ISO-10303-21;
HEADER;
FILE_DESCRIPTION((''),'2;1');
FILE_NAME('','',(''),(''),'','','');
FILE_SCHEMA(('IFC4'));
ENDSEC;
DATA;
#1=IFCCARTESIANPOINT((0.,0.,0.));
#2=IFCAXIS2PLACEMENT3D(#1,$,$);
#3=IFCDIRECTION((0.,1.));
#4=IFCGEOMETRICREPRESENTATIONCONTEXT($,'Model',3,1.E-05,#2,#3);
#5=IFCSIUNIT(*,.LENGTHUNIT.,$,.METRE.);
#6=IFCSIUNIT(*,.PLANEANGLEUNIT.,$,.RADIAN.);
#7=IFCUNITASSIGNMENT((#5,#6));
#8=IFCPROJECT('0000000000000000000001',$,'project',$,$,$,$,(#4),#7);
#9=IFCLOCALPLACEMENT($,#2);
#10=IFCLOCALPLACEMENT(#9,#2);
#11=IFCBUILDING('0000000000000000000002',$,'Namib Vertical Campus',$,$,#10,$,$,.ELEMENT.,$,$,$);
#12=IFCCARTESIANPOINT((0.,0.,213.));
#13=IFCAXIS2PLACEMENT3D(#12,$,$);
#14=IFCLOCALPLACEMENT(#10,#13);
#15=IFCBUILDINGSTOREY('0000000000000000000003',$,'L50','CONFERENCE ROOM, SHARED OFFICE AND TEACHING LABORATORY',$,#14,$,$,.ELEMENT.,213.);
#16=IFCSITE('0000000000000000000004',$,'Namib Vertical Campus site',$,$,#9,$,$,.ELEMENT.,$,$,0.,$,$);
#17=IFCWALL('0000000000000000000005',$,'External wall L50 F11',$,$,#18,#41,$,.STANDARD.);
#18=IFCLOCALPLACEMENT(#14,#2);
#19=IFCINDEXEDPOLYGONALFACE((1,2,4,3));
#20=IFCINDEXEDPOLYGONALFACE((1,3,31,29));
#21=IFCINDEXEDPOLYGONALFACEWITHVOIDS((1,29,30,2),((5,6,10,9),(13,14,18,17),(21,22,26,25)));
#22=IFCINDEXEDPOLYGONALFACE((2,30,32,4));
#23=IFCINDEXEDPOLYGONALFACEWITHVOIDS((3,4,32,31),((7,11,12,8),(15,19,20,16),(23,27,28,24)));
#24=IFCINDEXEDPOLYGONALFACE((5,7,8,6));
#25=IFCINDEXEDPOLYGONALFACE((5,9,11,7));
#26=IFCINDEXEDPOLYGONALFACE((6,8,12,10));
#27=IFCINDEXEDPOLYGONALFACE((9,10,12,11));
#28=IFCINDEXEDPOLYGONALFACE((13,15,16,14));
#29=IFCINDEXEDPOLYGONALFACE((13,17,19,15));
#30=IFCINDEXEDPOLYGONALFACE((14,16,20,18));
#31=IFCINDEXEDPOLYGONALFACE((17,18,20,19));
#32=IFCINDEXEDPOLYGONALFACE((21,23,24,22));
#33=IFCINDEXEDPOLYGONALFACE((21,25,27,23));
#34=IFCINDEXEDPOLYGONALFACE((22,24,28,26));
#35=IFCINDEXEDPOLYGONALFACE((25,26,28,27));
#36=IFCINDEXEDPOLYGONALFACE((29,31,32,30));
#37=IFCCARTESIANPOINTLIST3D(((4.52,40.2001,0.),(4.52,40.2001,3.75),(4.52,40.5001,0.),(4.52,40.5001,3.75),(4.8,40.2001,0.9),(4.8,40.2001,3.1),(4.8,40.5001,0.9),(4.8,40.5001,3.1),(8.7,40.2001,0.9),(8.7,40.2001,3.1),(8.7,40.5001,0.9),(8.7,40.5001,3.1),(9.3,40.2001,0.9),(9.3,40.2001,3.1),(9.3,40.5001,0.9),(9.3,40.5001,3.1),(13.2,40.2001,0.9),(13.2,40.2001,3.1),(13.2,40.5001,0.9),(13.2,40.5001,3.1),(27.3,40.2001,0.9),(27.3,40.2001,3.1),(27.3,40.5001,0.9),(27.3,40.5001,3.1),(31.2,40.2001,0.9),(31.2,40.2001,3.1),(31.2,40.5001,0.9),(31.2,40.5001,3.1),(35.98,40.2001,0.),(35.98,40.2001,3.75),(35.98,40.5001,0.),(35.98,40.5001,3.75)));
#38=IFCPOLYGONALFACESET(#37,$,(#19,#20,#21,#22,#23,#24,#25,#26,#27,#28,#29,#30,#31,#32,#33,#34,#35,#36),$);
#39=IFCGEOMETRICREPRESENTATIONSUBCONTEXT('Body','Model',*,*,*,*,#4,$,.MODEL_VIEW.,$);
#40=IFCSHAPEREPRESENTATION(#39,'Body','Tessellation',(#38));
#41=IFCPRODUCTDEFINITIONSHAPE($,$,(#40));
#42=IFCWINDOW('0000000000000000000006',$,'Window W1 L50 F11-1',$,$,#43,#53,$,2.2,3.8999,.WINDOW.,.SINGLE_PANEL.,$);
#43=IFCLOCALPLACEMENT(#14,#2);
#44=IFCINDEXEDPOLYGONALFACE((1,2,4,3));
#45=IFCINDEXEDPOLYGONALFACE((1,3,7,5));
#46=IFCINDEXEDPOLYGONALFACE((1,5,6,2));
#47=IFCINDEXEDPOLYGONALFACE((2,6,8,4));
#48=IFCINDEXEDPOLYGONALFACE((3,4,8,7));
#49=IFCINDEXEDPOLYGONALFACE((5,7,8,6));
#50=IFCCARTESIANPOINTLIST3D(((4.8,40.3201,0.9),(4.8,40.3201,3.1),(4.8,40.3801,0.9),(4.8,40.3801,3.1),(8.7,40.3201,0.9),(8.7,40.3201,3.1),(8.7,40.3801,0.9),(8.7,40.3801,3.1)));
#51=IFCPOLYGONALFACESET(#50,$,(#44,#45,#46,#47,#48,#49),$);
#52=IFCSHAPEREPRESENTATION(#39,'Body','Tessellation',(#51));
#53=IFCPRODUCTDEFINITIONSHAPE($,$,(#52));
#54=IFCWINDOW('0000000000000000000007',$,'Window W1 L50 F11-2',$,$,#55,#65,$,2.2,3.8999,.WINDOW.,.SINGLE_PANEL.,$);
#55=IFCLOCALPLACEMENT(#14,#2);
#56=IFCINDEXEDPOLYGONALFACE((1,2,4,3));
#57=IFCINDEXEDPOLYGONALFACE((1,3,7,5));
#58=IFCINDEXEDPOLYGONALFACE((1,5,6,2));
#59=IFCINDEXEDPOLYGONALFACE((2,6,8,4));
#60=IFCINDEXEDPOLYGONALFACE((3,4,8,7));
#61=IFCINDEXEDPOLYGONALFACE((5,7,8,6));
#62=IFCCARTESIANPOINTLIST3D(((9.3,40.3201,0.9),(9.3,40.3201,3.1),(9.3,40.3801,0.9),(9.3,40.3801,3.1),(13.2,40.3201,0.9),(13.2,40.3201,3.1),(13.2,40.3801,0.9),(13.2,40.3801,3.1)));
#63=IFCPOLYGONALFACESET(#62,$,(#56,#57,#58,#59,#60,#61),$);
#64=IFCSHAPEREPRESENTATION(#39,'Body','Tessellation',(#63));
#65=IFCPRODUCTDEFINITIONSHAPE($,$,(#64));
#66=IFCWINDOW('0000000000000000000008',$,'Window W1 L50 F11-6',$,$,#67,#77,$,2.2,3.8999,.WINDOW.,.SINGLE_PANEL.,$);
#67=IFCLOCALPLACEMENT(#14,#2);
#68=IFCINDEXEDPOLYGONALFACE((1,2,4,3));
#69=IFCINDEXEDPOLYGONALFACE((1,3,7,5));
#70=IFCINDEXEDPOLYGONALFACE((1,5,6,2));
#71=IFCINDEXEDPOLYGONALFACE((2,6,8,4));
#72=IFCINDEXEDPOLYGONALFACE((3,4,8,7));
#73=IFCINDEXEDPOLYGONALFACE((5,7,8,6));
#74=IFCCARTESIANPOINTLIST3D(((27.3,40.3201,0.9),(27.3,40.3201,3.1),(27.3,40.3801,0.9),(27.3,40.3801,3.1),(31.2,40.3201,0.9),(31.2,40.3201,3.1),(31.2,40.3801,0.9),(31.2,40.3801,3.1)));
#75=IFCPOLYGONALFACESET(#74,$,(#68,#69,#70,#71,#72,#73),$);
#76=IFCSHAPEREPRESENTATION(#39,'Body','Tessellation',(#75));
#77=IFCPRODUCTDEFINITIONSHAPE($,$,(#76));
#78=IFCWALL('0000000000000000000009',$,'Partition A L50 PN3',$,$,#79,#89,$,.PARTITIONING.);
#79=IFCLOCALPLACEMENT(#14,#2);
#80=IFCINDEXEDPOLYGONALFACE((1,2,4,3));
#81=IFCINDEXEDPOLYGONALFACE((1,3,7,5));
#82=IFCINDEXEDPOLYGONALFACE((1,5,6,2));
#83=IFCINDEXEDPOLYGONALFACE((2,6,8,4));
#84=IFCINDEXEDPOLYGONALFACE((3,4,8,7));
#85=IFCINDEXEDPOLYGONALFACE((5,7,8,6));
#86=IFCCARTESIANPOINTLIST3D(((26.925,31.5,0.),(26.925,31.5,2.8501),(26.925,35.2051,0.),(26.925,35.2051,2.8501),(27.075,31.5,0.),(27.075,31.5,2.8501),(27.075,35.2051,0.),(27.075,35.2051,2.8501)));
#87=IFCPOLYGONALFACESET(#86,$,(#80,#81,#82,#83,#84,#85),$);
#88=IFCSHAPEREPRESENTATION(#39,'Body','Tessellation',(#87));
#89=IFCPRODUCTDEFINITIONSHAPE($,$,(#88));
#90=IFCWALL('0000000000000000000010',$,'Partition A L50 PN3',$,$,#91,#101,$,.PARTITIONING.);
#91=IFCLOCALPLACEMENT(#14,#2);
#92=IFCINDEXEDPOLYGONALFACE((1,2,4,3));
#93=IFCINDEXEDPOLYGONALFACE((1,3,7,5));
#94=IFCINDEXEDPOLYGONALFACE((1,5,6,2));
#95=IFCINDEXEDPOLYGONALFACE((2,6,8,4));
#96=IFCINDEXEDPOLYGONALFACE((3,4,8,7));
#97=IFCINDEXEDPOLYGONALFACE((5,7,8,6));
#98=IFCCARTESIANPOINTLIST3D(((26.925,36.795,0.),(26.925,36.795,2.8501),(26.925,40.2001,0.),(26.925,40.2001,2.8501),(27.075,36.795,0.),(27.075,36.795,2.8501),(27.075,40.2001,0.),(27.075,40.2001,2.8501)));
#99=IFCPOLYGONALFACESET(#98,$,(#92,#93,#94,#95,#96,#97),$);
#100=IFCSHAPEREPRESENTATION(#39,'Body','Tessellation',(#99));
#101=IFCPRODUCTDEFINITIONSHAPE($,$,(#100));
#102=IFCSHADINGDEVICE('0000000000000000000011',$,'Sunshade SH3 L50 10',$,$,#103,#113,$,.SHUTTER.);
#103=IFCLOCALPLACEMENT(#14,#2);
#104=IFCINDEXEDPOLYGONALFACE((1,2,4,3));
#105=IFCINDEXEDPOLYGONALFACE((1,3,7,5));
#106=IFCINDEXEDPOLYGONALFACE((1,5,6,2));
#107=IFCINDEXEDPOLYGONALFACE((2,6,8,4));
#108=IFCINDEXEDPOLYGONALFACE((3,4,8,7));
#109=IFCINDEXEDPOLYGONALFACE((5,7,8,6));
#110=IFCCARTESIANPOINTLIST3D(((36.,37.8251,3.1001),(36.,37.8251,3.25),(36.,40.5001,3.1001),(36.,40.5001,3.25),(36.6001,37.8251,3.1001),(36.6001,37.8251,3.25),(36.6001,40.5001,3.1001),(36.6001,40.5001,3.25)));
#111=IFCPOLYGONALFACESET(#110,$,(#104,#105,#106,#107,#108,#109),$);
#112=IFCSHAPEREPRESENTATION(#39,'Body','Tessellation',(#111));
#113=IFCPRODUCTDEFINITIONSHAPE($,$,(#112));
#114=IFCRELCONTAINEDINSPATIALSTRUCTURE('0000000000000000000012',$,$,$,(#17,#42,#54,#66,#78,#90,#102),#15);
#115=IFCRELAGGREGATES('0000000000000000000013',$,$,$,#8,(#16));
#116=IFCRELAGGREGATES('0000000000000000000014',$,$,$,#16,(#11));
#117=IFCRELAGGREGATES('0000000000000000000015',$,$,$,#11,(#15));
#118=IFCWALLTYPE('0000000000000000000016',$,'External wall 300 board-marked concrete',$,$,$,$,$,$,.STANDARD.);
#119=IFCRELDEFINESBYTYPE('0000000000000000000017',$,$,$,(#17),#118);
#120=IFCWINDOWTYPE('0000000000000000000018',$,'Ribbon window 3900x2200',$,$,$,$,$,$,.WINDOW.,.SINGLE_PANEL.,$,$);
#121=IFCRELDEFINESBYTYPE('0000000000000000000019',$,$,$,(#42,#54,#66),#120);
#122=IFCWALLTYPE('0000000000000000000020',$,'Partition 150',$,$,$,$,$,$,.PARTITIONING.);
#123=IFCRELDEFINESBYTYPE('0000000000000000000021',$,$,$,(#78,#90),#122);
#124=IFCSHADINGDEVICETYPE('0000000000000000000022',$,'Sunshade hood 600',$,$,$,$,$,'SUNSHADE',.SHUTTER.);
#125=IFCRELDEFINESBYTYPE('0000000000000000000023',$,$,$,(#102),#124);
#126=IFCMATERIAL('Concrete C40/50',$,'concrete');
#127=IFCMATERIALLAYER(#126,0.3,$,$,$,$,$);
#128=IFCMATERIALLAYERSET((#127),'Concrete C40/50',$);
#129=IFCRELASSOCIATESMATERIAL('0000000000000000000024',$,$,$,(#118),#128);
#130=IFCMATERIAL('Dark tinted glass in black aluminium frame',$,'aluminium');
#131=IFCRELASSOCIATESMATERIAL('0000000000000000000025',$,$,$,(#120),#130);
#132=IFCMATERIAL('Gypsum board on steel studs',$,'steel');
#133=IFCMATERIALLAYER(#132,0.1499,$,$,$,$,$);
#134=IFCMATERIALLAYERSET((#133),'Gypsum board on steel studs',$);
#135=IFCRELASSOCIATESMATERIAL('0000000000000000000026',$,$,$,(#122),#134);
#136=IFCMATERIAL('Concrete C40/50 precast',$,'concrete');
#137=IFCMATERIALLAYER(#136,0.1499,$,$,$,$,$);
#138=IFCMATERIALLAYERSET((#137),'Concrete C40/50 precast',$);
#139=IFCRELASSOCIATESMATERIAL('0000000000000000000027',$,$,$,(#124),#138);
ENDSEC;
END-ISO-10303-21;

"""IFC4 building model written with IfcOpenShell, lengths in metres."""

from ifc_helpers import new_model, si_unit, direction, frame, frame_2d, origin, origin_2d, place, context, subcontext, project, spatial, rectangle, extrude, material, layer, layer_set, type_object, element, fill, save


model = new_model("IFC4")

# Units and contexts
model_context = context("Model", 3, precision=1e-05, world=origin(), true_north=direction((0.0, 1.0)))
body_context = subcontext(model_context, "Body", "Model", "MODEL_VIEW")
ifc_project = project(units=[si_unit("LENGTHUNIT", "METRE"), si_unit("PLANEANGLEUNIT", "RADIAN")], contexts=[model_context])

# Site, building, storey
site_placement = place(None, origin())
site = spatial("IfcSite", under=ifc_project, at=site_placement, Name="Namib Vertical Campus site", CompositionType="ELEMENT", RefElevation=0.0)
building_placement = place(site_placement, origin())
building = spatial("IfcBuilding", under=site, at=building_placement, Name="Namib Vertical Campus", CompositionType="ELEMENT")
storey_placement = place(building_placement, frame((0.0, 0.0, 213.0)))
storey = spatial("IfcBuildingStorey", under=building, at=storey_placement, Name="L50", Description="CONFERENCE ROOM, SHARED OFFICE AND TEACHING LABORATORY", CompositionType="ELEMENT", Elevation=213.0)

# Shared definitions
ifc_material_1 = material(Name="Concrete C40/50", Category="concrete")
ifc_layer_1 = layer(ifc_material_1, 0.3)
ifc_layer_set_1 = layer_set([ifc_layer_1], Name="Concrete C40/50")
wall_type_1 = type_object("IfcWallType", Name="External wall 300 board-marked concrete", PredefinedType="STANDARD", material=ifc_layer_set_1)

# Wall, openings, windows
wall_1_placement = place(storey_placement, frame((35.98, 40.3501, 0.0), z_axis=(0.0, 0.0, 1.0), x_axis=(-1.0, 0.0, 0.0)))
wall_1 = element("IfcWall", 1, at=wall_1_placement, inside=storey, type_object=wall_type_1, Name="External wall L50 F11", PredefinedType="STANDARD", context=body_context, shape_type="SweptSolid", body=[
    extrude(rectangle(XDim=31.46, YDim=0.3, at=frame_2d((15.73, 0.0))), origin(), (0.0, 0.0, 1.0), 3.75),
])
opening_1_placement = place(wall_1_placement, frame((27.28, 0.0, 0.8999)))
opening_1 = element("IfcOpeningElement", 2, at=opening_1_placement, cuts=wall_1, PredefinedType="OPENING", context=body_context, shape_type="SweptSolid", body=[
    extrude(rectangle(XDim=3.8999, YDim=2.2, at=frame_2d((1.95, 1.1001))), frame((0.0, 0.1599, 0.0), z_axis=(0.0, -1.0, 0.0), x_axis=(1.0, 0.0, 0.0)), (0.0, 0.0, 1.0), 0.3201),
])
opening_2_placement = place(wall_1_placement, frame((22.78, 0.0, 0.8999)))
opening_2 = element("IfcOpeningElement", 3, at=opening_2_placement, cuts=wall_1, PredefinedType="OPENING", context=body_context, shape_type="SweptSolid", body=[
    extrude(rectangle(XDim=3.8999, YDim=2.2, at=frame_2d((1.95, 1.1001))), frame((0.0, 0.1599, 0.0), z_axis=(0.0, -1.0, 0.0), x_axis=(1.0, 0.0, 0.0)), (0.0, 0.0, 1.0), 0.3201),
])
opening_3_placement = place(wall_1_placement, frame((4.78, 0.0, 0.8999)))
opening_3 = element("IfcOpeningElement", 4, at=opening_3_placement, cuts=wall_1, PredefinedType="OPENING", context=body_context, shape_type="SweptSolid", body=[
    extrude(rectangle(XDim=3.8999, YDim=2.2, at=frame_2d((1.95, 1.1001))), frame((0.0, 0.1599, 0.0), z_axis=(0.0, -1.0, 0.0), x_axis=(1.0, 0.0, 0.0)), (0.0, 0.0, 1.0), 0.3201),
])
ifc_material_2 = material(Name="Dark tinted glass in black aluminium frame", Category="aluminium")
window_type = type_object("IfcWindowType", Name="Ribbon window 3900x2200", PartitioningType="SINGLE_PANEL", PredefinedType="WINDOW", material=ifc_material_2)
window_1_placement = place(opening_1_placement, origin())
window_1 = element("IfcWindow", 5, at=window_1_placement, inside=storey, type_object=window_type, Name="Window W1 L50 F11-1", OverallHeight=2.2, OverallWidth=3.8999, PartitioningType="SINGLE_PANEL", PredefinedType="WINDOW", context=body_context, shape_type="SweptSolid", body=[
    extrude(rectangle(XDim=3.8999, YDim=2.2, at=frame_2d((1.95, 1.1001))), frame((0.0, 0.03, 0.0), z_axis=(0.0, -1.0, 0.0), x_axis=(1.0, 0.0, 0.0)), (0.0, 0.0, 1.0), 0.0601),
])
fill(opening_1, window_1)
window_2_placement = place(opening_2_placement, origin())
window_2 = element("IfcWindow", 6, at=window_2_placement, inside=storey, type_object=window_type, Name="Window W1 L50 F11-2", OverallHeight=2.2, OverallWidth=3.8999, PartitioningType="SINGLE_PANEL", PredefinedType="WINDOW", context=body_context, shape_type="SweptSolid", body=[
    extrude(rectangle(XDim=3.8999, YDim=2.2, at=frame_2d((1.95, 1.1001))), frame((0.0, 0.03, 0.0), z_axis=(0.0, -1.0, 0.0), x_axis=(1.0, 0.0, 0.0)), (0.0, 0.0, 1.0), 0.0601),
])
fill(opening_2, window_2)
window_3_placement = place(opening_3_placement, origin())
window_3 = element("IfcWindow", 7, at=window_3_placement, inside=storey, type_object=window_type, Name="Window W1 L50 F11-6", OverallHeight=2.2, OverallWidth=3.8999, PartitioningType="SINGLE_PANEL", PredefinedType="WINDOW", context=body_context, shape_type="SweptSolid", body=[
    extrude(rectangle(XDim=3.8999, YDim=2.2, at=frame_2d((1.95, 1.1001))), frame((0.0, 0.03, 0.0), z_axis=(0.0, -1.0, 0.0), x_axis=(1.0, 0.0, 0.0)), (0.0, 0.0, 1.0), 0.0601),
])
fill(opening_3, window_3)

# Walls
ifc_material_3 = material(Name="Gypsum board on steel studs", Category="steel")
ifc_layer_2 = layer(ifc_material_3, 0.1499)
ifc_layer_set_2 = layer_set([ifc_layer_2], Name="Gypsum board on steel studs")
wall_type_2 = type_object("IfcWallType", Name="Partition 150", PredefinedType="PARTITIONING", material=ifc_layer_set_2)
wall_2_placement = place(storey_placement, frame((27.0, 31.5, 0.0), z_axis=(0.0, 0.0, 1.0), x_axis=(0.0, 1.0, 0.0)))
element("IfcWall", 8, at=wall_2_placement, inside=storey, type_object=wall_type_2, Name="Partition A L50 PN3", PredefinedType="PARTITIONING", context=body_context, shape_type="SweptSolid", body=[
    extrude(rectangle(XDim=3.7051, YDim=0.1499, at=frame_2d((1.8525, 0.0))), origin(), (0.0, 0.0, 1.0), 2.8501),
])
wall_3_placement = place(storey_placement, frame((27.0, 36.7949, 0.0), z_axis=(0.0, 0.0, 1.0), x_axis=(0.0, 1.0, 0.0)))
element("IfcWall", 9, at=wall_3_placement, inside=storey, type_object=wall_type_2, Name="Partition A L50 PN3", PredefinedType="PARTITIONING", context=body_context, shape_type="SweptSolid", body=[
    extrude(rectangle(XDim=3.405, YDim=0.1499, at=frame_2d((1.7026, 0.0))), origin(), (0.0, 0.0, 1.0), 2.8501),
])

# Shading device
ifc_material_4 = material(Name="Concrete C40/50 precast", Category="concrete")
ifc_layer_3 = layer(ifc_material_4, 0.1499)
ifc_layer_set_3 = layer_set([ifc_layer_3], Name="Concrete C40/50 precast")
shading_device_type = type_object("IfcShadingDeviceType", Name="Sunshade hood 600", ElementType="SUNSHADE", PredefinedType="SHUTTER", material=ifc_layer_set_3)
shading_device_placement = place(storey_placement, frame((36.3, 39.1626, 3.1001), z_axis=(0.0, 0.0, 1.0), x_axis=(0.0, 1.0, 0.0)))
element("IfcShadingDevice", 10, at=shading_device_placement, inside=storey, type_object=shading_device_type, Name="Sunshade SH3 L50 10", PredefinedType="SHUTTER", context=body_context, shape_type="SweptSolid", body=[
    extrude(rectangle(XDim=2.675, YDim=0.6001, at=origin_2d()), origin(), (0.0, 0.0, 1.0), 0.1499),
])

save(model, "model.ifc")
